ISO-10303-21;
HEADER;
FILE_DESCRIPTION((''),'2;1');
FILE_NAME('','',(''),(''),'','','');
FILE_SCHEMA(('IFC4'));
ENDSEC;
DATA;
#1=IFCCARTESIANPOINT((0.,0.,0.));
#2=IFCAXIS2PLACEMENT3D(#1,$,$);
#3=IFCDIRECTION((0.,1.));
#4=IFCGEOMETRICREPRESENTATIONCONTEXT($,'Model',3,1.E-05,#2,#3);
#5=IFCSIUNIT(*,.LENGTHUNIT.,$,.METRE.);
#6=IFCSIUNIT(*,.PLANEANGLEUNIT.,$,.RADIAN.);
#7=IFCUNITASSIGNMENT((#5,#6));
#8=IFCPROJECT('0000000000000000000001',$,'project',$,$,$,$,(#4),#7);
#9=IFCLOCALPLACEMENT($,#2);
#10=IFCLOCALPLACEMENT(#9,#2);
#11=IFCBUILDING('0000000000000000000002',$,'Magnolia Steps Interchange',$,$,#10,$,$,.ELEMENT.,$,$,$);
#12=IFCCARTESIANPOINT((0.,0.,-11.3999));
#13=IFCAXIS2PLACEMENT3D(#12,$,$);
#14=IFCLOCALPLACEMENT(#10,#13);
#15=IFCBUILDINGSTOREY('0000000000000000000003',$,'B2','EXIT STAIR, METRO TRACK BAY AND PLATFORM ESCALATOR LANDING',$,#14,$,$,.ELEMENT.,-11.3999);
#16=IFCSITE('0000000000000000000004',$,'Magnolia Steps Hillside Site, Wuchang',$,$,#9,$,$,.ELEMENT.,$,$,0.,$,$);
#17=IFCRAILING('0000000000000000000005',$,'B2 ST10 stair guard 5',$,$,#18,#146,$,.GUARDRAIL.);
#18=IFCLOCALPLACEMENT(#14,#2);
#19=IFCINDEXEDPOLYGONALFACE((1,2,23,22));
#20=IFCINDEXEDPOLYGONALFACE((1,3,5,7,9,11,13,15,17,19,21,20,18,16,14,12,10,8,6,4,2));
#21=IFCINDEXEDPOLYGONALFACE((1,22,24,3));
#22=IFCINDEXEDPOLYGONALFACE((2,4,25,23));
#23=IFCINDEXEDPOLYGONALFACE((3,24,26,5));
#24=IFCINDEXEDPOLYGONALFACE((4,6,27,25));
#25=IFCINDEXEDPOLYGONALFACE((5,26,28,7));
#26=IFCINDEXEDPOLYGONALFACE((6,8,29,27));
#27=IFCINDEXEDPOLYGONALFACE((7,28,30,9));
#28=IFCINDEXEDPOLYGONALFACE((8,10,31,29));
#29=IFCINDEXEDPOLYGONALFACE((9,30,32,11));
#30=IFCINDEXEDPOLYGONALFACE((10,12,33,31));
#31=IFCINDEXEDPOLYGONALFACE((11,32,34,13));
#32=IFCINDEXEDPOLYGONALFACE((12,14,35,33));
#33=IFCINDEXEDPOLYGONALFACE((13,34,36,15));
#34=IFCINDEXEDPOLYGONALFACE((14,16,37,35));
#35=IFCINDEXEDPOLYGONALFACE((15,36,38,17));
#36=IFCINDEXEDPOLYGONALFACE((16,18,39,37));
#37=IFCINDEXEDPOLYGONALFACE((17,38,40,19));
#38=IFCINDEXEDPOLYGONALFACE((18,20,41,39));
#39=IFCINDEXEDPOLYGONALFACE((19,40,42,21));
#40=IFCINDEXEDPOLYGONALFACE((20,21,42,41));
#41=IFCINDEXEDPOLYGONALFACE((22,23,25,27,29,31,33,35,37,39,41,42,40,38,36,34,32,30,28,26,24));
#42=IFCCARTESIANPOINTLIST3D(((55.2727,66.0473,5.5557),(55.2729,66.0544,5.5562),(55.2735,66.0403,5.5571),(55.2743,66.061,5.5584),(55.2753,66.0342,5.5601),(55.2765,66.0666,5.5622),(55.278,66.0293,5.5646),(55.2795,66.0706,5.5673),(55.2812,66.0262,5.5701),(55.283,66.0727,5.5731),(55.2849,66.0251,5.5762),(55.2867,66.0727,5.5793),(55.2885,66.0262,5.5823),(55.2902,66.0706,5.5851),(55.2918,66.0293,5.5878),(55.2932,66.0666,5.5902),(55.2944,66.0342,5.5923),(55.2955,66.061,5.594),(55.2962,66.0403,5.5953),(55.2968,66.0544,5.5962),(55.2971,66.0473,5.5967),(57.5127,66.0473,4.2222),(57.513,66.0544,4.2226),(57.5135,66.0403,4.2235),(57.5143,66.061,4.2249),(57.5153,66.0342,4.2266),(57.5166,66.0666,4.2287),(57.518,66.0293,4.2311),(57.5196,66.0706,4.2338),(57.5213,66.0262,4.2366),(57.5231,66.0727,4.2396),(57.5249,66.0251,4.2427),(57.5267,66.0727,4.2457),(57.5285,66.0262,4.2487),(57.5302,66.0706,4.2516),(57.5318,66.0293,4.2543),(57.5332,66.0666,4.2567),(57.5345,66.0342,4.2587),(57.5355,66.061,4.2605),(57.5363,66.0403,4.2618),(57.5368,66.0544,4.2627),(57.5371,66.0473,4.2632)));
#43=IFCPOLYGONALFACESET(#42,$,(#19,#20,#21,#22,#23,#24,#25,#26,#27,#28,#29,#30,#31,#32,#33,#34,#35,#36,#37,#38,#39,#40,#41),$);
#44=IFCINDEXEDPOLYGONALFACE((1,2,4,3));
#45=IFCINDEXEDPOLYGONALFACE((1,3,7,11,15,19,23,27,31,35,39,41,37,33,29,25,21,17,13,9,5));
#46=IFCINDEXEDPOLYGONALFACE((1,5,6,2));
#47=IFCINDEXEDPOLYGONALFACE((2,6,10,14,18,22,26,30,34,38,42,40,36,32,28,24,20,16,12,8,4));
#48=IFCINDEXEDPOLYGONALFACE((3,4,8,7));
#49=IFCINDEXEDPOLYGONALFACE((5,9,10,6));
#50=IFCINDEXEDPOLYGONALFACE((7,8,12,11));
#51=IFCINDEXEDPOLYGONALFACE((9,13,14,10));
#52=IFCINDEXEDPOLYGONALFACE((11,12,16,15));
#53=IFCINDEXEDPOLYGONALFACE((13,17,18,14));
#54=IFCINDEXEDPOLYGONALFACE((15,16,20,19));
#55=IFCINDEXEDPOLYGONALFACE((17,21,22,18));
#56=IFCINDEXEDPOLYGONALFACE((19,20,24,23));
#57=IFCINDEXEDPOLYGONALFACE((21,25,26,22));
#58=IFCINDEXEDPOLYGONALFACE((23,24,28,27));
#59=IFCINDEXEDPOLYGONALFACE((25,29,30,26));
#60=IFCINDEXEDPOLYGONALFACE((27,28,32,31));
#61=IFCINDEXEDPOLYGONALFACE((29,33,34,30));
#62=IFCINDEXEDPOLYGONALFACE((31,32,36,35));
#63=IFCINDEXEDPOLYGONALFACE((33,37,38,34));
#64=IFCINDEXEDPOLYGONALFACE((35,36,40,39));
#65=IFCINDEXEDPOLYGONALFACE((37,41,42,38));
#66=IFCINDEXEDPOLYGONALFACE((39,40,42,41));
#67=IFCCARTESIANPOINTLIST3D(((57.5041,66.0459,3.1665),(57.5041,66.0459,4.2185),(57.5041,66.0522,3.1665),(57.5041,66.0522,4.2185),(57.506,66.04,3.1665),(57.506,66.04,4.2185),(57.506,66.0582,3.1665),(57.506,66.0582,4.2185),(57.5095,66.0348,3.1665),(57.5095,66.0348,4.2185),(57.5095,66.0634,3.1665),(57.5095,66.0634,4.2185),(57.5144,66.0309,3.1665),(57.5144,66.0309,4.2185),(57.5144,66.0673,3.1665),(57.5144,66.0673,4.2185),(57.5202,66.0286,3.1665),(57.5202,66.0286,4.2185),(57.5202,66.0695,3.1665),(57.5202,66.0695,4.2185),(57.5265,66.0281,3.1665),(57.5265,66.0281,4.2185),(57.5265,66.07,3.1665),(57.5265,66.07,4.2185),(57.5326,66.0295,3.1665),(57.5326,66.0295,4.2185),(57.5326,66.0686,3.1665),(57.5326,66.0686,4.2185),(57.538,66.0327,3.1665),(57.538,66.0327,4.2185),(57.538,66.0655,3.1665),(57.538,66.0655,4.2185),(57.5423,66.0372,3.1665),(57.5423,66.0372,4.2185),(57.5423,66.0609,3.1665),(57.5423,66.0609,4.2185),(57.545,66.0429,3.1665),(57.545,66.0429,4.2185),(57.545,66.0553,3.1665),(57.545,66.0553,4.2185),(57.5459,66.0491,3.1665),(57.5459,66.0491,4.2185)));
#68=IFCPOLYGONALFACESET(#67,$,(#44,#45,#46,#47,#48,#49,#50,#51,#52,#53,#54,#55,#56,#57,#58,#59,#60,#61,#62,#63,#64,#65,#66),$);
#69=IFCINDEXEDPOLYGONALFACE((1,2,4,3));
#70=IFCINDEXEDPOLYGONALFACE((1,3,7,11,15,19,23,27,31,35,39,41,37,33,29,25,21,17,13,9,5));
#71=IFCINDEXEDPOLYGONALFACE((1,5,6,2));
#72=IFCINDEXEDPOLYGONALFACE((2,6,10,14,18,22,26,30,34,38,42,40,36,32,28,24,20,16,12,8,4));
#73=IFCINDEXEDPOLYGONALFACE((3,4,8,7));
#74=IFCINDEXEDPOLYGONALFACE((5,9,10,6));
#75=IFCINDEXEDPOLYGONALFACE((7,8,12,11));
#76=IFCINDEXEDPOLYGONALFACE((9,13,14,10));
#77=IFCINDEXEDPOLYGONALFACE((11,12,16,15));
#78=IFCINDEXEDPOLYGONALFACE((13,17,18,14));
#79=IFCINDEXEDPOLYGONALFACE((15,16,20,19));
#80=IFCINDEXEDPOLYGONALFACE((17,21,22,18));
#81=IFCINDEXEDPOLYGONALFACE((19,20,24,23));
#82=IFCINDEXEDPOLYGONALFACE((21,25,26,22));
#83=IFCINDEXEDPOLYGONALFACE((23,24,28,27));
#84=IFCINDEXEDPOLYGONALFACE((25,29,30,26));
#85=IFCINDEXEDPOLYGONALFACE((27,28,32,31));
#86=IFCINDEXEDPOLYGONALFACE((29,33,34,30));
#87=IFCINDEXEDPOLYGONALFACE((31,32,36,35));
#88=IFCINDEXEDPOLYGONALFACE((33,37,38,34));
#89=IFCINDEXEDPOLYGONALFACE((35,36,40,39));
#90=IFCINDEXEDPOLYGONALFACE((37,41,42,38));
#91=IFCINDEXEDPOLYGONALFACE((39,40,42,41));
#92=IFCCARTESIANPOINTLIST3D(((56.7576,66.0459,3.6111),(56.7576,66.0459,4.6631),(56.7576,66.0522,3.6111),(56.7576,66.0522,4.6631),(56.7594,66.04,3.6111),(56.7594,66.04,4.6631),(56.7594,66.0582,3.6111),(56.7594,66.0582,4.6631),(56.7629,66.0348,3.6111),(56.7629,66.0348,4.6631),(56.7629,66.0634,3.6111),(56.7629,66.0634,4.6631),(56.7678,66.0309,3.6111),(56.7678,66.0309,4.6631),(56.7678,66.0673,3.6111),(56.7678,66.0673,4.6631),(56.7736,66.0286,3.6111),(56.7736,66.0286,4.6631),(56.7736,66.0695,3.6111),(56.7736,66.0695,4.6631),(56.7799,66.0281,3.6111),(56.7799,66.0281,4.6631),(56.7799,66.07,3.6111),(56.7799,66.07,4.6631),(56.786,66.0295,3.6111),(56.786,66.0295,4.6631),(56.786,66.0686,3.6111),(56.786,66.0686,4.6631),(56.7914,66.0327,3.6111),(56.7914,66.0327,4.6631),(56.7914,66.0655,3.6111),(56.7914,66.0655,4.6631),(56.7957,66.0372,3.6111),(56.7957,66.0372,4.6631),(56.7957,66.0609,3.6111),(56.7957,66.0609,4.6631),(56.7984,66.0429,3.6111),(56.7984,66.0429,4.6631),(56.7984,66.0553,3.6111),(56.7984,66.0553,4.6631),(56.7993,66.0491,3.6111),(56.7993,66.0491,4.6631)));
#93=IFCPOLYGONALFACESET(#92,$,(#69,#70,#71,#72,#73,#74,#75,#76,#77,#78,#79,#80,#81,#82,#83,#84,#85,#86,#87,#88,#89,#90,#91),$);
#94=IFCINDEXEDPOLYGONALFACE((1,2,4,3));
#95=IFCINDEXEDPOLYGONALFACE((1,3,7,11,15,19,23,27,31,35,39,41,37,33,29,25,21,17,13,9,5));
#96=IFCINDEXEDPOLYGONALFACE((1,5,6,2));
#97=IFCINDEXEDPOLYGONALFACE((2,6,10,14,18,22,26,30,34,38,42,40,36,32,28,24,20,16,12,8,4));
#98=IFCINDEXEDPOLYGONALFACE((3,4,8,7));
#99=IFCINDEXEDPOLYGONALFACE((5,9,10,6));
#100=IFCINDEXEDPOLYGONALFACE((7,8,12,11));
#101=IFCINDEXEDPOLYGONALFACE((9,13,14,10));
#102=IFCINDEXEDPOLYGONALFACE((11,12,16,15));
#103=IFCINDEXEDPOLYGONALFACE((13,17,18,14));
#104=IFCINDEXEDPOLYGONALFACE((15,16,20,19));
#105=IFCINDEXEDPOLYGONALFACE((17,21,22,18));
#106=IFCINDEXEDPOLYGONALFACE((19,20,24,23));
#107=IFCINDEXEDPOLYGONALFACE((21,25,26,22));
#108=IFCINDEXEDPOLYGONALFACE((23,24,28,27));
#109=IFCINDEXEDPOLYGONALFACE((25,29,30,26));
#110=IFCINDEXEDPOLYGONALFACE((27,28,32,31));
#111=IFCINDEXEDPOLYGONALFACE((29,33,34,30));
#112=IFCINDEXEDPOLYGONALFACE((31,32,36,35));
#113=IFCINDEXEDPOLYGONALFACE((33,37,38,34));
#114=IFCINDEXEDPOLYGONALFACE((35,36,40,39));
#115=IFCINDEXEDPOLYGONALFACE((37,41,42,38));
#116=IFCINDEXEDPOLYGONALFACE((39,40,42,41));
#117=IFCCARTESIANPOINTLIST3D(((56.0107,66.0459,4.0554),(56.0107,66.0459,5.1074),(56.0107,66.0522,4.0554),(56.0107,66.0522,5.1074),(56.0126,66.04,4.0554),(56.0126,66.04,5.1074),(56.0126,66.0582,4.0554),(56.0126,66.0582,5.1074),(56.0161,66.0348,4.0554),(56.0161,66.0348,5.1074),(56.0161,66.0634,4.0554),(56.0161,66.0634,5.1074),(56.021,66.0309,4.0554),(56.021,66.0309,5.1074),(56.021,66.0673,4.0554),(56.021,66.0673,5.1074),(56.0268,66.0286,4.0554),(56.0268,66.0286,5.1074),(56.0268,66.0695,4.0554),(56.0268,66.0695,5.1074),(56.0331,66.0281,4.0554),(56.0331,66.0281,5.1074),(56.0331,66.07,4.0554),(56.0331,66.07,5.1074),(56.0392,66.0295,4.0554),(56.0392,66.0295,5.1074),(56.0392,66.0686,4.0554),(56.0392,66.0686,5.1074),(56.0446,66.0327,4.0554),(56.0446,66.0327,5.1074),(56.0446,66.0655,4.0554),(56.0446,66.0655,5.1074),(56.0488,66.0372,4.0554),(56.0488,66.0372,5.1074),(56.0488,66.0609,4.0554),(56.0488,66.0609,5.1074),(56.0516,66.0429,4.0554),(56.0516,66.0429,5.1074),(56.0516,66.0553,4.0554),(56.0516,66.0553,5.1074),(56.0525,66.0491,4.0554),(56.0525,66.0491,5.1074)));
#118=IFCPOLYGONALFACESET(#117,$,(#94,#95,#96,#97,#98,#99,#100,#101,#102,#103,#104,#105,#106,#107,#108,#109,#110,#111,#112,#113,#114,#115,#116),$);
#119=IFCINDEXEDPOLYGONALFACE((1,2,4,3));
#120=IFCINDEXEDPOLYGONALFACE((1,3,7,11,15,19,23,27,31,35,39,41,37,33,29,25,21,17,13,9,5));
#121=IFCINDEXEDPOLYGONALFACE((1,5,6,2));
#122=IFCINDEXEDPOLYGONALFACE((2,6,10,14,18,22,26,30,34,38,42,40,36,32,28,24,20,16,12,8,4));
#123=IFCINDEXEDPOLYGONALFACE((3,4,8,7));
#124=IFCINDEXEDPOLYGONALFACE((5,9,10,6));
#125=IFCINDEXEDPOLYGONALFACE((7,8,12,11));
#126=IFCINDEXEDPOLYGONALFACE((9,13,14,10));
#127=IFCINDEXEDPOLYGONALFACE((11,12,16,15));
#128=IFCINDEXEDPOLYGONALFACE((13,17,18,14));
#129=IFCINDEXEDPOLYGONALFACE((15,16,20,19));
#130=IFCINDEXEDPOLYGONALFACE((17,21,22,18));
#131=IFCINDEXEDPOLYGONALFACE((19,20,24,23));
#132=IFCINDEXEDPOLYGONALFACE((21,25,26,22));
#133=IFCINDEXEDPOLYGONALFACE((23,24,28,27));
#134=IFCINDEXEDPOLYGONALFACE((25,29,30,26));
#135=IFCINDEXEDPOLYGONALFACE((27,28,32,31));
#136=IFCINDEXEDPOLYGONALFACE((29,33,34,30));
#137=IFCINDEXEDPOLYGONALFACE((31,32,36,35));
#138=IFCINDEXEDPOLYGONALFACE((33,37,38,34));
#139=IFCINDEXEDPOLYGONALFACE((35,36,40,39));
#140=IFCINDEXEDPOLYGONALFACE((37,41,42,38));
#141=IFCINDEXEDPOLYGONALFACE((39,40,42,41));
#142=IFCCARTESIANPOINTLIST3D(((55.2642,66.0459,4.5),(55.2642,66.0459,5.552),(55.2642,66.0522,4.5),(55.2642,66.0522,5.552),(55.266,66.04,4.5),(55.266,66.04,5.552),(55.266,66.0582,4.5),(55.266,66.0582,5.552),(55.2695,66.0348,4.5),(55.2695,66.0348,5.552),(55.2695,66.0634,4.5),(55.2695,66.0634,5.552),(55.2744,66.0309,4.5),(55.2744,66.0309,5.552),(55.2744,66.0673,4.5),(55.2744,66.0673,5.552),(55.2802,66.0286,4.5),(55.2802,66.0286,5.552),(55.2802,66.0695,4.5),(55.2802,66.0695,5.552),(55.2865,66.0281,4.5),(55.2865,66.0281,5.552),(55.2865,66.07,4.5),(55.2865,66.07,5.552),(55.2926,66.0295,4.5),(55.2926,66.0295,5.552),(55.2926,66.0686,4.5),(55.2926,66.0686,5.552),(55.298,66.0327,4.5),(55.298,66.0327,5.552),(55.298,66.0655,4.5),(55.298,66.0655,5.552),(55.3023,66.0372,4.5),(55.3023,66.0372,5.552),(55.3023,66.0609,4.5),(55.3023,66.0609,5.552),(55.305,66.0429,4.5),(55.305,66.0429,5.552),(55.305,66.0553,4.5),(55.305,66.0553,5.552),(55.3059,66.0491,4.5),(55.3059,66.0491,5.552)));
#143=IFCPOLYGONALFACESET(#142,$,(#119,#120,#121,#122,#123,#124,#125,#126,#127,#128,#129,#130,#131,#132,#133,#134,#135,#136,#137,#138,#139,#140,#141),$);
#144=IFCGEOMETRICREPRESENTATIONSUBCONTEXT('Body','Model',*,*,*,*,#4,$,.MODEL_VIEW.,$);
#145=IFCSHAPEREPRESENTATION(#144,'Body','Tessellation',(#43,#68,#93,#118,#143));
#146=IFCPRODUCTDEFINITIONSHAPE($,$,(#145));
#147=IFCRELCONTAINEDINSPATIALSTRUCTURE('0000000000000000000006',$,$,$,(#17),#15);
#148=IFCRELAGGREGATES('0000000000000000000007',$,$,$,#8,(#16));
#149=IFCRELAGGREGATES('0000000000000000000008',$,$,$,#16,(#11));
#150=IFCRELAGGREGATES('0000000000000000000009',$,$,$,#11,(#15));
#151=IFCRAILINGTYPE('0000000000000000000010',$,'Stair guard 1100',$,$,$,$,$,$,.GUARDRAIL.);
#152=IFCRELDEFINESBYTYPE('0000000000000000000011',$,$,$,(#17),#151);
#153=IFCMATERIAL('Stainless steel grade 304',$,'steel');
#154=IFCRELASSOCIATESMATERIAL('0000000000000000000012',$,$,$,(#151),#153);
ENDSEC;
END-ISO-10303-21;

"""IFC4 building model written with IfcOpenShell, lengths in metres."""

from ifc_helpers import new_model, si_unit, direction, frame, origin, origin_2d, place, context, subcontext, project, spatial, circle, extrude, material, type_object, element, save


model = new_model("IFC4")

# Units and contexts
model_context = context("Model", 3, precision=1e-05, world=origin(), true_north=direction((0.0, 1.0)))
body_context = subcontext(model_context, "Body", "Model", "MODEL_VIEW")
ifc_project = project(units=[si_unit("LENGTHUNIT", "METRE"), si_unit("PLANEANGLEUNIT", "RADIAN")], contexts=[model_context])

# Site, building, storey
site_placement = place(None, origin())
site = spatial("IfcSite", under=ifc_project, at=site_placement, Name="Magnolia Steps Hillside Site, Wuchang", CompositionType="ELEMENT", RefElevation=0.0)
building_placement = place(site_placement, origin())
building = spatial("IfcBuilding", under=site, at=building_placement, Name="Magnolia Steps Interchange", CompositionType="ELEMENT")
storey_placement = place(building_placement, frame((0.0, 0.0, -11.3999)))
storey = spatial("IfcBuildingStorey", under=building, at=storey_placement, Name="B2", Description="EXIT STAIR, METRO TRACK BAY AND PLATFORM ESCALATOR LANDING", CompositionType="ELEMENT", Elevation=-11.3999)

# Railing
ifc_material_1 = material(Name="Stainless steel grade 304", Category="steel")
railing_type_1 = type_object("IfcRailingType", Name="Stair guard 1100", PredefinedType="GUARDRAIL", material=ifc_material_1)
railing_1_placement = place(storey_placement, frame((57.5249, 66.0491, 3.1665)))
element("IfcRailing", 1, at=railing_1_placement, inside=storey, type_object=railing_type_1, Name="B2 ST10 stair guard 5", PredefinedType="GUARDRAIL", context=body_context, shape_type="SweptSolid", body=[
    extrude(circle(Radius=0.0239, at=origin_2d()), frame((0.0, 0.0, 1.0762), z_axis=(-0.859264, 0.0, 0.511532), x_axis=(0.0, -1.0, 0.0)), (0.0, 0.0, 1.0), 2.6069),
    extrude(circle(Radius=0.021, at=origin_2d()), origin(), (0.0, 0.0, 1.0), 1.052),
    extrude(circle(Radius=0.021, at=origin_2d()), frame((-0.7466, 0.0, 0.4446)), (0.0, 0.0, 1.0), 1.052),
    extrude(circle(Radius=0.021, at=origin_2d()), frame((-1.4934, 0.0, 0.8889)), (0.0, 0.0, 1.0), 1.052),
    extrude(circle(Radius=0.021, at=origin_2d()), frame((-2.24, 0.0, 1.3335)), (0.0, 0.0, 1.0), 1.052),
])

save(model, "model.ifc")
